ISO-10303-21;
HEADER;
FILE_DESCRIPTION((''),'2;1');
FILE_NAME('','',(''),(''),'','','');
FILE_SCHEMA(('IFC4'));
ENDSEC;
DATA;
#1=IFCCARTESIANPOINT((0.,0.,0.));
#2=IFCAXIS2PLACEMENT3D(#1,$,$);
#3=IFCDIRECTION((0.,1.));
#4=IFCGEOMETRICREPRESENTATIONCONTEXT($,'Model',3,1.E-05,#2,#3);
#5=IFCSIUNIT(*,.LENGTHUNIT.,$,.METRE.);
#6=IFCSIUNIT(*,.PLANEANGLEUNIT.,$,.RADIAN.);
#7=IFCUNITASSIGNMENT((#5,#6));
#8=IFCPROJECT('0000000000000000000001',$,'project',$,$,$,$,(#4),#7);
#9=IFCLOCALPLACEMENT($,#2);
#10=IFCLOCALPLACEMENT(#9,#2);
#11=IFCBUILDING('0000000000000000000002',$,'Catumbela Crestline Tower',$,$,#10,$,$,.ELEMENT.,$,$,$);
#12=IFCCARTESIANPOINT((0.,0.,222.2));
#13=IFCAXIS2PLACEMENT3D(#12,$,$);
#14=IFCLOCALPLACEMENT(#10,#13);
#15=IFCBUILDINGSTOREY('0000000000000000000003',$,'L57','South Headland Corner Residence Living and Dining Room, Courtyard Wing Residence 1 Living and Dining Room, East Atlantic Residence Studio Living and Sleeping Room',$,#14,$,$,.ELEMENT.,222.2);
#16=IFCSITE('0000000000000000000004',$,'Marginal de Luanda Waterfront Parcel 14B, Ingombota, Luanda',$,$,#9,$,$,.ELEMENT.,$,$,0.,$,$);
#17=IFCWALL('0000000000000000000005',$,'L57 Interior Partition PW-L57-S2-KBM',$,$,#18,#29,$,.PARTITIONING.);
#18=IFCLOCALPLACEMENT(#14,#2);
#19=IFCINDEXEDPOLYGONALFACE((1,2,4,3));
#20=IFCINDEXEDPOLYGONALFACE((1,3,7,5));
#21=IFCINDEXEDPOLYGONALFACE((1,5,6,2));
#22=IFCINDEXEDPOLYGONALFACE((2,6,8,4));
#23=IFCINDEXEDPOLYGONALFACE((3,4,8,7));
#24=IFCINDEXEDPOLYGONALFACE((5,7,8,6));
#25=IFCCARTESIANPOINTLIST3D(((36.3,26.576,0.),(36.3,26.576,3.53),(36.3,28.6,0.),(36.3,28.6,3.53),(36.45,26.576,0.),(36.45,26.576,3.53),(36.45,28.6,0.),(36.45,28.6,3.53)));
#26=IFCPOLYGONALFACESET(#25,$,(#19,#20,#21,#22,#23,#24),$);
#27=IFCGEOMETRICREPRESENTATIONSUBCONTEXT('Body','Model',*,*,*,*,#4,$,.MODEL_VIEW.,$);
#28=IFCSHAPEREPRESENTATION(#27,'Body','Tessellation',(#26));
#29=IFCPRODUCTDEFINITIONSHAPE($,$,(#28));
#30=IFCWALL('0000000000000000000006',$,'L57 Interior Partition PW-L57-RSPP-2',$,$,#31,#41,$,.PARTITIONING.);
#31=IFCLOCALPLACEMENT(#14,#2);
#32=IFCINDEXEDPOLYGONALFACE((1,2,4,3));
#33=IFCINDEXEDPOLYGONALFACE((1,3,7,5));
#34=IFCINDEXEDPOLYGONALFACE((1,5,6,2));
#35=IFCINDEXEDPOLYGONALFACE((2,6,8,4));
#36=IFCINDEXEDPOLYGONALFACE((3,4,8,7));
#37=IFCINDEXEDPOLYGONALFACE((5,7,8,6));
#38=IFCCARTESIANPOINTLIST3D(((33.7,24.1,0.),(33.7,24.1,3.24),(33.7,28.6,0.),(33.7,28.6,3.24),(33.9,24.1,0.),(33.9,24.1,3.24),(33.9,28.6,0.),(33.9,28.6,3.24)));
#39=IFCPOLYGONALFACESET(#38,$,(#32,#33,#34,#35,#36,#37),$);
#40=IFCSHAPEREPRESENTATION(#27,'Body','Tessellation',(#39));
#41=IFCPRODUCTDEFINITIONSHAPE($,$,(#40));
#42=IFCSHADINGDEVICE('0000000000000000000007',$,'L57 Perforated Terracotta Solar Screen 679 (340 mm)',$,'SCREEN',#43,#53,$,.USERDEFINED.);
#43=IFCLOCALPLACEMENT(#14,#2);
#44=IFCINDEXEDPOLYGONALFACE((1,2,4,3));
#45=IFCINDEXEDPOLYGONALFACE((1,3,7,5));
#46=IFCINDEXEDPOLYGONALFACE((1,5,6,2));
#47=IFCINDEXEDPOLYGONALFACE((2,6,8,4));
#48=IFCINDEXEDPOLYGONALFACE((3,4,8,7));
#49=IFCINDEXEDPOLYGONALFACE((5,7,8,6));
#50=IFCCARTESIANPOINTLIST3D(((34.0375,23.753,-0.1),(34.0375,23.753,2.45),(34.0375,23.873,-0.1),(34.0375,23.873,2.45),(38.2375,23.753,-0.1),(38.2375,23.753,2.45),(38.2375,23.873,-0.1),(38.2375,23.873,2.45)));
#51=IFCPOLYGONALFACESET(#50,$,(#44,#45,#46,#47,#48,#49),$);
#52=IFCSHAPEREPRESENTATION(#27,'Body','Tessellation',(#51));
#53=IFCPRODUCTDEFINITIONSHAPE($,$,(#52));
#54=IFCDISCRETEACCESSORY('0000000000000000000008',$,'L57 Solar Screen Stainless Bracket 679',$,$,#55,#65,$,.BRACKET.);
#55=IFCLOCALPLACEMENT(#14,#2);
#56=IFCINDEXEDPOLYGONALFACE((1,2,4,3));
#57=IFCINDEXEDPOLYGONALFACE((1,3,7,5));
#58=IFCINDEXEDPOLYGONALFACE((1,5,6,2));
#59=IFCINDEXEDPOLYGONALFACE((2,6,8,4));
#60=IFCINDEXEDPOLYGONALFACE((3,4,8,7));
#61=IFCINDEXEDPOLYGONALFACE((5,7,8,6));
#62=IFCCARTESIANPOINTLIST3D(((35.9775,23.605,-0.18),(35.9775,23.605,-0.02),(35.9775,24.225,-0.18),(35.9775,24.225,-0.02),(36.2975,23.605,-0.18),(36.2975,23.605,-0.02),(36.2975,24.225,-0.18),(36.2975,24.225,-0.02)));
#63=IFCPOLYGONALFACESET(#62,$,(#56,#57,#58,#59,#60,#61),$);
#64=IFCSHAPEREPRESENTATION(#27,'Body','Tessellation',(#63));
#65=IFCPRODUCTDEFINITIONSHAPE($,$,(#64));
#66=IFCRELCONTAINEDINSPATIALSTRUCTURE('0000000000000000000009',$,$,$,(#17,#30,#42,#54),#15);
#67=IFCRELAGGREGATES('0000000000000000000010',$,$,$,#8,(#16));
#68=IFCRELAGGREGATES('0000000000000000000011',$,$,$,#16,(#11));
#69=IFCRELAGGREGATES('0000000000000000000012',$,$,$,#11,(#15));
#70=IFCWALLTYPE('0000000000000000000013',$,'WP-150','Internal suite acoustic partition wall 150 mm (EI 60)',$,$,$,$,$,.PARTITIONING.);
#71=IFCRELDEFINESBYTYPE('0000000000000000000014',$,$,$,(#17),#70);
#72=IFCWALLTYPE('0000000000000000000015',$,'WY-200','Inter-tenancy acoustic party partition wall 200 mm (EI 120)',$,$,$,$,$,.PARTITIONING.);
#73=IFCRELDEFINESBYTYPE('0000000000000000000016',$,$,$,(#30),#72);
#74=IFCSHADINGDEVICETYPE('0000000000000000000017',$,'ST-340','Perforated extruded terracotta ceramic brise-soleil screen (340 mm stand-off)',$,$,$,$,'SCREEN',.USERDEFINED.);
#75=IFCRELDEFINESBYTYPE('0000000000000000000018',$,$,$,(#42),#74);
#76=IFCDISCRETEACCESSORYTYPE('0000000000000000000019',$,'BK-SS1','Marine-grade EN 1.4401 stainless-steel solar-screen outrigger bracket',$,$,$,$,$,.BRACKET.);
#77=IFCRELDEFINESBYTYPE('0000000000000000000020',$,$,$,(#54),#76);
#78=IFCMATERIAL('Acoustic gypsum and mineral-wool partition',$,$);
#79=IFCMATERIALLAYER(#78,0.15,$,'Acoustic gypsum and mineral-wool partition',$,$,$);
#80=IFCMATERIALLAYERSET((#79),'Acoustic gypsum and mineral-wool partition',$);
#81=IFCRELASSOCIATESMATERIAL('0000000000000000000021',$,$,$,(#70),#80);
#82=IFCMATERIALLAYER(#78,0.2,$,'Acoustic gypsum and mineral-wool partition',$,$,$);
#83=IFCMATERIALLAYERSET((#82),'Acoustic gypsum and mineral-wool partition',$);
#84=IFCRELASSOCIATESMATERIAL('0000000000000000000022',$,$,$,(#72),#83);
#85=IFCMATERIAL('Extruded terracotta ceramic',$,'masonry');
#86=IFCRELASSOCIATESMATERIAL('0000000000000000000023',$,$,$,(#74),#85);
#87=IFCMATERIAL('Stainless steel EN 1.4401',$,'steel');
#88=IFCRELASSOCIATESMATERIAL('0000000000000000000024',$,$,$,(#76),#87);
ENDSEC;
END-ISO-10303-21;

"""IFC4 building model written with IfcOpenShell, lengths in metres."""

from ifc_helpers import new_model, si_unit, direction, frame, frame_2d, origin, origin_2d, place, context, subcontext, project, spatial, rectangle, extrude, material, layer, layer_set, type_object, element, save


model = new_model("IFC4")

# Units and contexts
model_context = context("Model", 3, precision=1e-05, world=origin(), true_north=direction((0.0, 1.0)))
body_context = subcontext(model_context, "Body", "Model", "MODEL_VIEW")
ifc_project = project(units=[si_unit("LENGTHUNIT", "METRE"), si_unit("PLANEANGLEUNIT", "RADIAN")], contexts=[model_context])

# Site, building, storey
site_placement = place(None, origin())
site = spatial("IfcSite", under=ifc_project, at=site_placement, Name="Marginal de Luanda Waterfront Parcel 14B, Ingombota, Luanda", CompositionType="ELEMENT", RefElevation=0.0)
building_placement = place(site_placement, origin())
building = spatial("IfcBuilding", under=site, at=building_placement, Name="Catumbela Crestline Tower", CompositionType="ELEMENT")
storey_placement = place(building_placement, frame((0.0, 0.0, 222.2)))
storey = spatial("IfcBuildingStorey", under=building, at=storey_placement, Name="L57", Description="South Headland Corner Residence Living and Dining Room, Courtyard Wing Residence 1 Living and Dining Room, East Atlantic Residence Studio Living and Sleeping Room", CompositionType="ELEMENT", Elevation=222.2)

# Walls
ifc_material_1 = material(Name="Acoustic gypsum and mineral-wool partition")
ifc_layer_1 = layer(ifc_material_1, 0.15, Name="Acoustic gypsum and mineral-wool partition")
ifc_layer_set_1 = layer_set([ifc_layer_1], Name="Acoustic gypsum and mineral-wool partition")
wall_type_1 = type_object("IfcWallType", Name="WP-150", Description="Internal suite acoustic partition wall 150 mm (EI 60)", PredefinedType="PARTITIONING", material=ifc_layer_set_1)
wall_1_placement = place(storey_placement, frame((36.375, 26.576, 0.0), z_axis=(0.0, 0.0, 1.0), x_axis=(0.0, 1.0, 0.0)))
element("IfcWall", 1, at=wall_1_placement, inside=storey, type_object=wall_type_1, Name="L57 Interior Partition PW-L57-S2-KBM", PredefinedType="PARTITIONING", context=body_context, shape_type="SweptSolid", body=[
    extrude(rectangle(XDim=2.024, YDim=0.15, at=frame_2d((1.012, 0.0))), origin(), (0.0, 0.0, 1.0), 3.53),
])
ifc_layer_2 = layer(ifc_material_1, 0.2, Name="Acoustic gypsum and mineral-wool partition")
ifc_layer_set_2 = layer_set([ifc_layer_2], Name="Acoustic gypsum and mineral-wool partition")
wall_type_2 = type_object("IfcWallType", Name="WY-200", Description="Inter-tenancy acoustic party partition wall 200 mm (EI 120)", PredefinedType="PARTITIONING", material=ifc_layer_set_2)
wall_2_placement = place(storey_placement, frame((33.8, 24.1, 0.0), z_axis=(0.0, 0.0, 1.0), x_axis=(0.0, 1.0, 0.0)))
element("IfcWall", 2, at=wall_2_placement, inside=storey, type_object=wall_type_2, Name="L57 Interior Partition PW-L57-RSPP-2", PredefinedType="PARTITIONING", context=body_context, shape_type="SweptSolid", body=[
    extrude(rectangle(XDim=4.5, YDim=0.2, at=frame_2d((2.25, 0.0))), origin(), (0.0, 0.0, 1.0), 3.24),
])

# Shading device
ifc_material_2 = material(Name="Extruded terracotta ceramic", Category="masonry")
shading_device_type = type_object("IfcShadingDeviceType", Name="ST-340", Description="Perforated extruded terracotta ceramic brise-soleil screen (340 mm stand-off)", ElementType="SCREEN", PredefinedType="USERDEFINED", material=ifc_material_2)
shading_device_placement = place(storey_placement, frame((36.1375, 23.813, -0.1), z_axis=(0.0, 0.0, 1.0), x_axis=(1.0, 0.0, 0.0)))
element("IfcShadingDevice", 3, at=shading_device_placement, inside=storey, type_object=shading_device_type, Name="L57 Perforated Terracotta Solar Screen 679 (340 mm)", ObjectType="SCREEN", PredefinedType="USERDEFINED", context=body_context, shape_type="SweptSolid", body=[
    extrude(rectangle(XDim=4.2, YDim=0.12, at=origin_2d()), origin(), (0.0, 0.0, 1.0), 2.55),
])

# Discrete accessory
ifc_material_3 = material(Name="Stainless steel EN 1.4401", Category="steel")
discrete_accessory_type = type_object("IfcDiscreteAccessoryType", Name="BK-SS1", Description="Marine-grade EN 1.4401 stainless-steel solar-screen outrigger bracket", PredefinedType="BRACKET", material=ifc_material_3)
discrete_accessory_placement = place(storey_placement, frame((36.1375, 23.915, -0.18), z_axis=(0.0, 0.0, 1.0), x_axis=(1.0, 0.0, 0.0)))
element("IfcDiscreteAccessory", 4, at=discrete_accessory_placement, inside=storey, type_object=discrete_accessory_type, Name="L57 Solar Screen Stainless Bracket 679", PredefinedType="BRACKET", context=body_context, shape_type="SweptSolid", body=[
    extrude(rectangle(XDim=0.32, YDim=0.62, at=origin_2d()), origin(), (0.0, 0.0, 1.0), 0.16),
])

save(model, "model.ifc")
